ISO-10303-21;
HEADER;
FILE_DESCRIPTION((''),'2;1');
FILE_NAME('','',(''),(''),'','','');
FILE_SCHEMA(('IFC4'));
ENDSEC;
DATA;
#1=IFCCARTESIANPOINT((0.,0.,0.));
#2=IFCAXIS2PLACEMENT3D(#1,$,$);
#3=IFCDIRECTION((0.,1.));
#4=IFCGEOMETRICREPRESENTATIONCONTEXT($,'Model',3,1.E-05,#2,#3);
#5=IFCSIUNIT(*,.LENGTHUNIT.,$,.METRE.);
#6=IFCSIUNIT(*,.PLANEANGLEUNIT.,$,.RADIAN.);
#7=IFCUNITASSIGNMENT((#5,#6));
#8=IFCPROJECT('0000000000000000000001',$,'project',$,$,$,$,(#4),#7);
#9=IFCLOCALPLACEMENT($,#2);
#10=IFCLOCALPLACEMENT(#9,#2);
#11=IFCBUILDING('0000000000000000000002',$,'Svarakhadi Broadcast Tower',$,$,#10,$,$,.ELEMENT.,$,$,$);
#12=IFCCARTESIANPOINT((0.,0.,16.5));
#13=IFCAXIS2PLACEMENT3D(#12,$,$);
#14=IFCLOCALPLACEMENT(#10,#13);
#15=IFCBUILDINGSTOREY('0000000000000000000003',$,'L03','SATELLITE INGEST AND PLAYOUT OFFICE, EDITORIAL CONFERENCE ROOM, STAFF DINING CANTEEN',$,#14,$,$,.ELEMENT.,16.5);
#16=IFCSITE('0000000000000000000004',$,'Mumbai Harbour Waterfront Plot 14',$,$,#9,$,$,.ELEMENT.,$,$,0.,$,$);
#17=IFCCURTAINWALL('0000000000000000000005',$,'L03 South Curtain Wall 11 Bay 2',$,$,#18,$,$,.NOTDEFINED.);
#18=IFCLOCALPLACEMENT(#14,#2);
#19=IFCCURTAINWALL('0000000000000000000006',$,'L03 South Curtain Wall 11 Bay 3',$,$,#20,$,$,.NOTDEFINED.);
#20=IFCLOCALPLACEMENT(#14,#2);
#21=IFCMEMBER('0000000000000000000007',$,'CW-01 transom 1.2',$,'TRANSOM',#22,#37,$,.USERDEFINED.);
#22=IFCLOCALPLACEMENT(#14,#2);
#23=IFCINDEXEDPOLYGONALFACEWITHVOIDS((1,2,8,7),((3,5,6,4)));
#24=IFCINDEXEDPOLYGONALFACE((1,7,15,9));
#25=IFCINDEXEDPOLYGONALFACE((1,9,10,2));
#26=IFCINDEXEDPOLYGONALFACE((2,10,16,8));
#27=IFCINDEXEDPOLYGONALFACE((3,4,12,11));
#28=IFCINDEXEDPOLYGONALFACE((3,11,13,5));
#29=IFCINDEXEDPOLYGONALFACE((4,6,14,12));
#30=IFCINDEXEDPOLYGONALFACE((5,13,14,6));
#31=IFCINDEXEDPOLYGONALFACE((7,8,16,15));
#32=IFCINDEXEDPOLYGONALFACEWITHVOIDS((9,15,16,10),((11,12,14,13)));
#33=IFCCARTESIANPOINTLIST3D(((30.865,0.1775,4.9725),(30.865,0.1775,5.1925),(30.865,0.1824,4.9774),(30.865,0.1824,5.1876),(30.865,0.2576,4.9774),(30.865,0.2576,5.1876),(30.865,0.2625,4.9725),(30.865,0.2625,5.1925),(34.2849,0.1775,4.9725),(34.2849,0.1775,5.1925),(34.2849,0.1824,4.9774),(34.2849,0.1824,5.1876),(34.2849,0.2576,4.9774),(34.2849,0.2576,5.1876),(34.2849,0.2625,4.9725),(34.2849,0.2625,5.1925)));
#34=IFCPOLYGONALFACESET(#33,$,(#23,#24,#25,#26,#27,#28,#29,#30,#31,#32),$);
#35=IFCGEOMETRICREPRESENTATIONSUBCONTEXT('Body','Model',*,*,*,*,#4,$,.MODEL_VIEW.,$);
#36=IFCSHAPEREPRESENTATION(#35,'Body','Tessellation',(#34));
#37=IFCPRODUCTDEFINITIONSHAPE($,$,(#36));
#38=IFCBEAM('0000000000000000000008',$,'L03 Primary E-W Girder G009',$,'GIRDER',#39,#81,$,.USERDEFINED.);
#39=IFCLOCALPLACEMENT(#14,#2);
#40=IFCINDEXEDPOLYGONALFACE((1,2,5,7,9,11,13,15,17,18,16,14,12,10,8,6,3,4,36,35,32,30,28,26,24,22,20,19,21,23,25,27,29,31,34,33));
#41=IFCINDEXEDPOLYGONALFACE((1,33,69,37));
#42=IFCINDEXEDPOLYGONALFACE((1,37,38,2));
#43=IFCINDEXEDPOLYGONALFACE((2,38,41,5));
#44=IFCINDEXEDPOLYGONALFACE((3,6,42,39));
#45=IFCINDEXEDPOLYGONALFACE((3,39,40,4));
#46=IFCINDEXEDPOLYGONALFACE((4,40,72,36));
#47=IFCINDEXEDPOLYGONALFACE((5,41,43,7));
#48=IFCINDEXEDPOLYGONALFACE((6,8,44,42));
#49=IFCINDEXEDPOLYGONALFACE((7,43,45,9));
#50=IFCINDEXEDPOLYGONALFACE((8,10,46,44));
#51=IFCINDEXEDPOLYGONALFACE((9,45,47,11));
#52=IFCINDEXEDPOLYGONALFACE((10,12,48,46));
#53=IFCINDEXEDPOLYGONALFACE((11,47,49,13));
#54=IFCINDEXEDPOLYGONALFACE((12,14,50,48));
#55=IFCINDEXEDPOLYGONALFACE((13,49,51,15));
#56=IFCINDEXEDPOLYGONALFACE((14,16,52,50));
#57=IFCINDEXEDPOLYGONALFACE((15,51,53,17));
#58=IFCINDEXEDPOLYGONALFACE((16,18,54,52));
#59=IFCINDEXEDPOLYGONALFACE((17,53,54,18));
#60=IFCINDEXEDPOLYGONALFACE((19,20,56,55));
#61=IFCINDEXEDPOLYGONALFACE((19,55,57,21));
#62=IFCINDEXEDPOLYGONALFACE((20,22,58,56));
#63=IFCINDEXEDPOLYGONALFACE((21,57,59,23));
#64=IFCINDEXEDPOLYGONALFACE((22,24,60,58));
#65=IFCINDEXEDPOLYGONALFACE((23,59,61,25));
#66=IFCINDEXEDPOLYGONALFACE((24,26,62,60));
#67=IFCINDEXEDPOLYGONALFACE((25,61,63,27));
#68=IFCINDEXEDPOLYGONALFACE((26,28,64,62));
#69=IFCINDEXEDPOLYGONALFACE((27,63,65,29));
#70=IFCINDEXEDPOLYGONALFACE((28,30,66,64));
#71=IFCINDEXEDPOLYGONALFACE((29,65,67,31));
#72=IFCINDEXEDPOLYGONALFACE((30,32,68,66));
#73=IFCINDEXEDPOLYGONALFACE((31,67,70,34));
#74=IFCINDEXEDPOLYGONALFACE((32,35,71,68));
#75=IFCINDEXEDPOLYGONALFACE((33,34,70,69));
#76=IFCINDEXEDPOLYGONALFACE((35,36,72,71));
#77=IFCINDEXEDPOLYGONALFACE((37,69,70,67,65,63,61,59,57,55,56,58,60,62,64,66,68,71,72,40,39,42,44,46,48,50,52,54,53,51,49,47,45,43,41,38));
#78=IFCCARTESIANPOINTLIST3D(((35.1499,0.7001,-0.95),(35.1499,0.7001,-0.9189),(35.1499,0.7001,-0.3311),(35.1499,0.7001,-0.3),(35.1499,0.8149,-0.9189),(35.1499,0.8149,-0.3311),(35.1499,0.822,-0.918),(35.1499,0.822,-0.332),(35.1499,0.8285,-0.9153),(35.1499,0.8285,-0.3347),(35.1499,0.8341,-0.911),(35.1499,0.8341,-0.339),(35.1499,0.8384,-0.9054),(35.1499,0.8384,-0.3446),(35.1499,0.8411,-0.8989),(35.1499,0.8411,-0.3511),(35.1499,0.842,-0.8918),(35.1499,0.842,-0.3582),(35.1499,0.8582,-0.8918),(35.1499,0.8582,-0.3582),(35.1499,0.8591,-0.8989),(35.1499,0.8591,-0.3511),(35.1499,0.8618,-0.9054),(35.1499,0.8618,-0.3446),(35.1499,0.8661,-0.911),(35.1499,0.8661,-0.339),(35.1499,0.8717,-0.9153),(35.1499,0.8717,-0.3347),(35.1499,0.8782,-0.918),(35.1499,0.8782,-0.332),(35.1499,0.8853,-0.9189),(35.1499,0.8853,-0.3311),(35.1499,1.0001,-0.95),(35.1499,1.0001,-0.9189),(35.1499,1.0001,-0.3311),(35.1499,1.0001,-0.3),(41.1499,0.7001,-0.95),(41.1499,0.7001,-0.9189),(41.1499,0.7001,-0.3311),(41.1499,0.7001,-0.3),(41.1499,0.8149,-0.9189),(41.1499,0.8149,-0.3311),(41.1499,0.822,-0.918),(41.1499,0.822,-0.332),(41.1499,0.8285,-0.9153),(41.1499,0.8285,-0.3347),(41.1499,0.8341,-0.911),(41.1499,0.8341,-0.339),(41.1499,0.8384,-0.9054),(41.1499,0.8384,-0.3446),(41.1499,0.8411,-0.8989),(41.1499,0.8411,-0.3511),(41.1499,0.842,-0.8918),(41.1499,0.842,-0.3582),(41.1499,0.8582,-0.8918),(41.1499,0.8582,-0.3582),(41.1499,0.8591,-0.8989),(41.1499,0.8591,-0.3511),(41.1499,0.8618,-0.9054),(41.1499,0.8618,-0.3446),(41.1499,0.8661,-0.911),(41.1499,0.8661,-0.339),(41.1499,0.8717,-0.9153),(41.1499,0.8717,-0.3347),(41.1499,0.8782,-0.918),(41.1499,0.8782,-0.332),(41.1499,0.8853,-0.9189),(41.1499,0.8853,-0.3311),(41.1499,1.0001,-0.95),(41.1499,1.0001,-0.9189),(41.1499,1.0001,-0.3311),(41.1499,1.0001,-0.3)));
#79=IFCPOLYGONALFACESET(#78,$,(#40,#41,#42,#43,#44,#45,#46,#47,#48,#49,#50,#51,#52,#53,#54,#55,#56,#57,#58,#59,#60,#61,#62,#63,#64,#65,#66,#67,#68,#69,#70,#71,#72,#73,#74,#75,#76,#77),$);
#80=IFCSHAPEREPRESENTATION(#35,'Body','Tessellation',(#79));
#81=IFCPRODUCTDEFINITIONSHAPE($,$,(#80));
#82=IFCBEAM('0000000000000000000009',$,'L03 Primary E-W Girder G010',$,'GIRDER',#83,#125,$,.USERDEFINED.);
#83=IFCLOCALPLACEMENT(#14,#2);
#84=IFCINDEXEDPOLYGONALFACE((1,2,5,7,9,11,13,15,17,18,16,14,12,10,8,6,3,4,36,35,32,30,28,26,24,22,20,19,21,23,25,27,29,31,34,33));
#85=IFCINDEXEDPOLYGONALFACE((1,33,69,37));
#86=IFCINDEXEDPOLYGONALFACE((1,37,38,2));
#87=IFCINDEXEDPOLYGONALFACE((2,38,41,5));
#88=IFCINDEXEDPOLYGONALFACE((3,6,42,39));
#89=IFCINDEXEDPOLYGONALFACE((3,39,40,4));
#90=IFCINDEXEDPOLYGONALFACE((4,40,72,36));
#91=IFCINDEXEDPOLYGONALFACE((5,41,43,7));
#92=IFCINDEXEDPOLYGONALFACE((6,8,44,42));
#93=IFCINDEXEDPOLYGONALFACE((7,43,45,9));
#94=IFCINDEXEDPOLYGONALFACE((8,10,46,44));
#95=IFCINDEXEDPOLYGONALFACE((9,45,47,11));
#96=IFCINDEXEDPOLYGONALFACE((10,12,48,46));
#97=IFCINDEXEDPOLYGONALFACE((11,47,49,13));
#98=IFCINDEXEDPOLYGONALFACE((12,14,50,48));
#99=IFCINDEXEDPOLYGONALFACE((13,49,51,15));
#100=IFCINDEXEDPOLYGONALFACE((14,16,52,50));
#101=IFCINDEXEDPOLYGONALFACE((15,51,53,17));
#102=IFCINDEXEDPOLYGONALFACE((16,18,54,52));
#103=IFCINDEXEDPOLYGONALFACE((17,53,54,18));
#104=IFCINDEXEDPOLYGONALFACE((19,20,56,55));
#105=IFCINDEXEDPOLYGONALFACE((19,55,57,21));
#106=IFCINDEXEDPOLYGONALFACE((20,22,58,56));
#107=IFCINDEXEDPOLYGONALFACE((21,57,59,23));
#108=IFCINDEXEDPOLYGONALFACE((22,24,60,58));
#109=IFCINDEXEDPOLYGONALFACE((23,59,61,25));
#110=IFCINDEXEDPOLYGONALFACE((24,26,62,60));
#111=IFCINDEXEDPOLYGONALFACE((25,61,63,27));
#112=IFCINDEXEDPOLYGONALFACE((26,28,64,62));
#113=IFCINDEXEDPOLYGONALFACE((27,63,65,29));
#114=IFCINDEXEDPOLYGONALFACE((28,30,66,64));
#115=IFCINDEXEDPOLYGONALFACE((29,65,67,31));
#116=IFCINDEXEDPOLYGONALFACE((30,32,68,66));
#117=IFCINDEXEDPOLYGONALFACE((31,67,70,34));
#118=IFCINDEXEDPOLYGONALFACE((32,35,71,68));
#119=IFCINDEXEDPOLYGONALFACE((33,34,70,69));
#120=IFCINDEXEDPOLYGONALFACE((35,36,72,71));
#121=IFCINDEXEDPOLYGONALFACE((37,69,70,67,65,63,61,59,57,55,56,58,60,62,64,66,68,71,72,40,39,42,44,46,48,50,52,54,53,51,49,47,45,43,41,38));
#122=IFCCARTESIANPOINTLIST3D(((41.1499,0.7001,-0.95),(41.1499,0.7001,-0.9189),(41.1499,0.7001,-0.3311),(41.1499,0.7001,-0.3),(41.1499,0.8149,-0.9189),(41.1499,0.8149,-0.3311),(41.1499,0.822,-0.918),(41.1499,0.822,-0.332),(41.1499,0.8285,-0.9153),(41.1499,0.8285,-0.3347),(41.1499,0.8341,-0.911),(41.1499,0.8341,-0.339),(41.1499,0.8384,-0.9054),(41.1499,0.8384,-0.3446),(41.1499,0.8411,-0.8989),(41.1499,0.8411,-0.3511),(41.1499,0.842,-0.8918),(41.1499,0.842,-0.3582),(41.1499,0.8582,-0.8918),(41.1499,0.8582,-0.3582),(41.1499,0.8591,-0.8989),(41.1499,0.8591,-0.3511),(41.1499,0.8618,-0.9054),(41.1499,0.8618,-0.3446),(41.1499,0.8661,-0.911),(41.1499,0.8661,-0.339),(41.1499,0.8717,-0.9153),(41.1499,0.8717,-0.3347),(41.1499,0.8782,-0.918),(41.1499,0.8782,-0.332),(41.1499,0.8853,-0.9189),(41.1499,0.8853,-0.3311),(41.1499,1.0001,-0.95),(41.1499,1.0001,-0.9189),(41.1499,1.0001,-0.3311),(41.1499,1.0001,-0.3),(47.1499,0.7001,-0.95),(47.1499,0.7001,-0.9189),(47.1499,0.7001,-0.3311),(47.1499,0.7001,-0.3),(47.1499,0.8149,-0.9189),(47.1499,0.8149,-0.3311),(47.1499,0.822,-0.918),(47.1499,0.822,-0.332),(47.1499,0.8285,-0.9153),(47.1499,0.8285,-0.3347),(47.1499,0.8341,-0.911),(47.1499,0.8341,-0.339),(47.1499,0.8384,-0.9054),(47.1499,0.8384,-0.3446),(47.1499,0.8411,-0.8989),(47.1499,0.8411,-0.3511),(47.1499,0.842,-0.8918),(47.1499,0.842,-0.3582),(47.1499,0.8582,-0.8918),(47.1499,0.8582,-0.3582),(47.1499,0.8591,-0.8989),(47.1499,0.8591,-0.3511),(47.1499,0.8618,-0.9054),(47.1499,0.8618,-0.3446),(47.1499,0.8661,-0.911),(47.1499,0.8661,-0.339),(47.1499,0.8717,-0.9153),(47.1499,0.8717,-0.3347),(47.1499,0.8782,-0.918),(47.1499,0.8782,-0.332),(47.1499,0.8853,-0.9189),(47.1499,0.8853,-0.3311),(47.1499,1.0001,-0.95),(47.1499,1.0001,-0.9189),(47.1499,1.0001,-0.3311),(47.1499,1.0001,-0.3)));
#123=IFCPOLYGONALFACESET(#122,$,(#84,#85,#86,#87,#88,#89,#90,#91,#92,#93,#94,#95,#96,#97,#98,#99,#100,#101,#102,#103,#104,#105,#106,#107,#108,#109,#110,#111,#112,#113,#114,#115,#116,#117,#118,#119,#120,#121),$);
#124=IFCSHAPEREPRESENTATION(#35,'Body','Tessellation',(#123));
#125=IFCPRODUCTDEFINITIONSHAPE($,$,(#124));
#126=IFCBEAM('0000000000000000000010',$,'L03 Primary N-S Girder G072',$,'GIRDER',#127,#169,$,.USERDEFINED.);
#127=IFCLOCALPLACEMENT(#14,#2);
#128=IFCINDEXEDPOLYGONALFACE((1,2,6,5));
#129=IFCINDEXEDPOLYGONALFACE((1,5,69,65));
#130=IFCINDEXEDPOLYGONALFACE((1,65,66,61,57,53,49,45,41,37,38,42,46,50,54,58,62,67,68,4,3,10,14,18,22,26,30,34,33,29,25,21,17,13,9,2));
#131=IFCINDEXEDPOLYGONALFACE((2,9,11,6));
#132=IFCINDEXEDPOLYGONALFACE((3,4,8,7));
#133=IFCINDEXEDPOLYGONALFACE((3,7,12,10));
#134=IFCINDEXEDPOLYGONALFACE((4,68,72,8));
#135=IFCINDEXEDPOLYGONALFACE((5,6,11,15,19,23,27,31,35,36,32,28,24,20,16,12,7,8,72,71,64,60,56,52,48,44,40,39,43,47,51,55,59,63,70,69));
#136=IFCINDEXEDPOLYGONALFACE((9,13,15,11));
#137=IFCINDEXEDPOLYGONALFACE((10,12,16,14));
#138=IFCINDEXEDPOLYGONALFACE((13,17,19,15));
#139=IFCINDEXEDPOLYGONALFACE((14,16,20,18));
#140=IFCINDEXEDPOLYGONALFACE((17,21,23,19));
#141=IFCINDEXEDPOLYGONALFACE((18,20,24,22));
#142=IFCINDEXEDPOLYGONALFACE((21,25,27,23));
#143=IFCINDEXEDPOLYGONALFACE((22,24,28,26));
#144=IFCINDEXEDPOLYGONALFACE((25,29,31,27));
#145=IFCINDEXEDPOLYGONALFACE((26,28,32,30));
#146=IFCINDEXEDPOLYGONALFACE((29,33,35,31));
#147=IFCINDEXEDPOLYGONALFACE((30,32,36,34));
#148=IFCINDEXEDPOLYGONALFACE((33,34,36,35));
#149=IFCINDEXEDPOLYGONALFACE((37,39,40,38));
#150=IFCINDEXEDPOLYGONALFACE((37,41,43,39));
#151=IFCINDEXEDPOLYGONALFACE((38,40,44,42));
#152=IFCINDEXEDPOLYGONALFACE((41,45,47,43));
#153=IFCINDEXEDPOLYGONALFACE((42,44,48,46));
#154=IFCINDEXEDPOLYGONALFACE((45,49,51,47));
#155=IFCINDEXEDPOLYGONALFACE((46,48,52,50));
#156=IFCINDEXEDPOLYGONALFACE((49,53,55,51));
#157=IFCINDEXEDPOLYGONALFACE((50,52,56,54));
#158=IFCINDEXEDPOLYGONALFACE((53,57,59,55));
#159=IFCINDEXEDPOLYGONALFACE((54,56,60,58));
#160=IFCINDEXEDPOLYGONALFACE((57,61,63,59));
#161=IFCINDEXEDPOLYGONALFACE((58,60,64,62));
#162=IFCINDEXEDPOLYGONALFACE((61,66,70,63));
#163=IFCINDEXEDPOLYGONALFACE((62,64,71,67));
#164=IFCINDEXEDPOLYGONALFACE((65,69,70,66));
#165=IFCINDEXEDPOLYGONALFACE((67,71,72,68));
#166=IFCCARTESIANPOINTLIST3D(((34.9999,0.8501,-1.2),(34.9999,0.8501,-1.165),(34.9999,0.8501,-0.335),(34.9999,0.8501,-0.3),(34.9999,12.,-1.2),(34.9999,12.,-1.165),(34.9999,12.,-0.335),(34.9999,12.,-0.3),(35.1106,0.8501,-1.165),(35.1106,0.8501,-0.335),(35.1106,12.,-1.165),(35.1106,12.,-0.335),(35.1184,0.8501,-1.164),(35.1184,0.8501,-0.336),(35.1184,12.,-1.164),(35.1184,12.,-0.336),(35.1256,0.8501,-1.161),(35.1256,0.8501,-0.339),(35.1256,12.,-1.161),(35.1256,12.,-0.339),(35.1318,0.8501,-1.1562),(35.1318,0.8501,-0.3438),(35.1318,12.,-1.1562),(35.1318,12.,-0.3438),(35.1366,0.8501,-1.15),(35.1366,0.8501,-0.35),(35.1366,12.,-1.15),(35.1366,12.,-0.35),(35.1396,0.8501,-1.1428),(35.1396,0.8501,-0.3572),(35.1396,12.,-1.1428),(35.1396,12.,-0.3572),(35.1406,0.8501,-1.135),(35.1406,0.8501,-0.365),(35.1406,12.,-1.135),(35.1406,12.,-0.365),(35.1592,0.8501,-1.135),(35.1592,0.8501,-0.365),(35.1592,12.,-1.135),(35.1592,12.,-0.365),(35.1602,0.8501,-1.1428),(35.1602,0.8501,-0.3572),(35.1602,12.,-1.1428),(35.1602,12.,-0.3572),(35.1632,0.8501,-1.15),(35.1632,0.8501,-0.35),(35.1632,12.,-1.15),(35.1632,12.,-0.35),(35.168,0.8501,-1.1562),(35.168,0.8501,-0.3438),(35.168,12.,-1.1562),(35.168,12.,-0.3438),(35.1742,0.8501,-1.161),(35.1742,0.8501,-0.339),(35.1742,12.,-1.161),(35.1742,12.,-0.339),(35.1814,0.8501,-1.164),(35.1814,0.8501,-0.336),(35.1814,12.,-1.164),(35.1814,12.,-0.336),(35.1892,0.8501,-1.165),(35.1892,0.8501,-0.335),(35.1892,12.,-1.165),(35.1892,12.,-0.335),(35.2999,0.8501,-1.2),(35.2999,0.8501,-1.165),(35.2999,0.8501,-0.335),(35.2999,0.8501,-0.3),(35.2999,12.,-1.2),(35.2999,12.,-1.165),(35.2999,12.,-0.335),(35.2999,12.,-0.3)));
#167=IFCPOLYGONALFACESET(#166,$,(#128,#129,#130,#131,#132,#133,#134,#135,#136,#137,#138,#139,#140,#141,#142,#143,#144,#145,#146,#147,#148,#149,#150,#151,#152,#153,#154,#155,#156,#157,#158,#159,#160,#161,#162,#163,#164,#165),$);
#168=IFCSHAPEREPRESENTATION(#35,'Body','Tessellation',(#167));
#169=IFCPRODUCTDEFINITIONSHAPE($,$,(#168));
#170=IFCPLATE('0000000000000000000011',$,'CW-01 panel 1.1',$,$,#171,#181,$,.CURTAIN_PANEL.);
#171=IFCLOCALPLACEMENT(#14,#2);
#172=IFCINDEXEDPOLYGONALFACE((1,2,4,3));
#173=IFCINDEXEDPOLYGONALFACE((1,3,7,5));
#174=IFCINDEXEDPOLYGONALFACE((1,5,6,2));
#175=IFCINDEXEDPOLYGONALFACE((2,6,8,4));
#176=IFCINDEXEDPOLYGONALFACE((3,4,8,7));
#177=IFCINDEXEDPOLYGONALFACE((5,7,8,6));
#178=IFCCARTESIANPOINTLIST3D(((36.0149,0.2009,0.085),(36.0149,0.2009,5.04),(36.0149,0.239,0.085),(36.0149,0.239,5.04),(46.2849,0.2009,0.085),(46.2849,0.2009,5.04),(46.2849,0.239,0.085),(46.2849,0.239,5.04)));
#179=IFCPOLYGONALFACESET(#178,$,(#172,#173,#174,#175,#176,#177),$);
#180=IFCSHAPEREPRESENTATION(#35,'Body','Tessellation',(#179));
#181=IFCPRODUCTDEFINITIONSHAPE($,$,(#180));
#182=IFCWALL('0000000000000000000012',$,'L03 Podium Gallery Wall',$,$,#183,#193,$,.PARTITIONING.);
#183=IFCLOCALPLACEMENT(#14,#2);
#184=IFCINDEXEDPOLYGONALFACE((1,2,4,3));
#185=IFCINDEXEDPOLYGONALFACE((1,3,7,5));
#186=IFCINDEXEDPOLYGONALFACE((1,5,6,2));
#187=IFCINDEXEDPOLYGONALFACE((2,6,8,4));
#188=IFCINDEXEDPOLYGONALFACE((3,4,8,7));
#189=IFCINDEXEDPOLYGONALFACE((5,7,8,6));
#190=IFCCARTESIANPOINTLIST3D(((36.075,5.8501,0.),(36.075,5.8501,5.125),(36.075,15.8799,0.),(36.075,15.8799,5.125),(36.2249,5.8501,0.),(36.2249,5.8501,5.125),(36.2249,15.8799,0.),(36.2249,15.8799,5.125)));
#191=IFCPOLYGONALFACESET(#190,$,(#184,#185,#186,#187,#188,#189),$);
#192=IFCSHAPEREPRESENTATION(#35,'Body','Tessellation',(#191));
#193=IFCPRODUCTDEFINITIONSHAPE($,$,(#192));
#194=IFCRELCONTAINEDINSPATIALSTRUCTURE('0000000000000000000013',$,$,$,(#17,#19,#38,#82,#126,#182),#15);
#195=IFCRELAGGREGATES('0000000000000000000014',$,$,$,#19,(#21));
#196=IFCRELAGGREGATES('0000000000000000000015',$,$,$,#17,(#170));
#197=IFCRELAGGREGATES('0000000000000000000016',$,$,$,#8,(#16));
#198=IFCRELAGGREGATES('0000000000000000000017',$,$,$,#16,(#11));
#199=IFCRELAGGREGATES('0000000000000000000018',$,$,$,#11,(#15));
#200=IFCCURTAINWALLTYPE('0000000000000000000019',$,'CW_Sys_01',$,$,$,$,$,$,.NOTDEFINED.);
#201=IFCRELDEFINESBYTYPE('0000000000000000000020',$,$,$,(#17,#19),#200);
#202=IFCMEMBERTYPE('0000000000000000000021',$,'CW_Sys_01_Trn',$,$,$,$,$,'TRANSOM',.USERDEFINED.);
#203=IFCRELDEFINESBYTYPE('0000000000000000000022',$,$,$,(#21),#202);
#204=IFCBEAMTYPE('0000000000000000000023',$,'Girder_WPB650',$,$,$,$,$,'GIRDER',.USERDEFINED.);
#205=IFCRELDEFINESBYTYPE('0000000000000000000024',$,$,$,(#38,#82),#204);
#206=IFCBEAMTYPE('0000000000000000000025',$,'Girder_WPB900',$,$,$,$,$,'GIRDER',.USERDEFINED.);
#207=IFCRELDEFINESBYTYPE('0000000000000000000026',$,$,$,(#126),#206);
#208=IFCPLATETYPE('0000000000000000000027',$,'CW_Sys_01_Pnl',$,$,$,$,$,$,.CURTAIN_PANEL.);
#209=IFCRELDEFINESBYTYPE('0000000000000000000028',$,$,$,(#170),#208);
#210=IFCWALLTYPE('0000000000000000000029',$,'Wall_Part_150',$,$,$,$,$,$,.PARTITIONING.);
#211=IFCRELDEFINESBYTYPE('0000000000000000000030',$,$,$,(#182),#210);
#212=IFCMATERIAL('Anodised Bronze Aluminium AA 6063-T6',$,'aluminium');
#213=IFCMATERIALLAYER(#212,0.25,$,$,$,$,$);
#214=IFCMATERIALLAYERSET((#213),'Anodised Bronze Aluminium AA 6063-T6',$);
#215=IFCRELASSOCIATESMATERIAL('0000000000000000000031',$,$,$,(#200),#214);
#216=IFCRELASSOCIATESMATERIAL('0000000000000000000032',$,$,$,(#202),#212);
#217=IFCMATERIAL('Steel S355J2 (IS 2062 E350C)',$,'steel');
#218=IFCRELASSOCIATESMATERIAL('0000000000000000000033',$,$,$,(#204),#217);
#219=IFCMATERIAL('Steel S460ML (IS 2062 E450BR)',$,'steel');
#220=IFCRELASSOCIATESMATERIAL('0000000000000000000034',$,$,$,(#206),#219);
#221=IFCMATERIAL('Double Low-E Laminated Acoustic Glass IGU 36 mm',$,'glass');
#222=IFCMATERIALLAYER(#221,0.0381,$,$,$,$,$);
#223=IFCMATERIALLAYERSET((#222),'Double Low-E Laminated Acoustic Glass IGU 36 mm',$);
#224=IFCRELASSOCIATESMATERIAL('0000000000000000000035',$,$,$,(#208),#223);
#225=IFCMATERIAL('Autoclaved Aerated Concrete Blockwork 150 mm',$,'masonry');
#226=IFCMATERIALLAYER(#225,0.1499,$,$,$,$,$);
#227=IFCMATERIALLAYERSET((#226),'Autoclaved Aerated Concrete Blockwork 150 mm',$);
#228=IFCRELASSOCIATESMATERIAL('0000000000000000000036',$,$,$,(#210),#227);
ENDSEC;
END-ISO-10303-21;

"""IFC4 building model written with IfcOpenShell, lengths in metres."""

from ifc_helpers import new_model, si_unit, direction, frame, frame_2d, origin, origin_2d, place, context, subcontext, project, spatial, rectangle, hollow_rectangle, i_section, extrude, material, layer, layer_set, material_profile, profile_set, type_object, element, aggregate, save


model = new_model("IFC4")

# Units and contexts
model_context = context("Model", 3, precision=1e-05, world=origin(), true_north=direction((0.0, 1.0)))
body_context = subcontext(model_context, "Body", "Model", "MODEL_VIEW")
ifc_project = project(units=[si_unit("LENGTHUNIT", "METRE"), si_unit("PLANEANGLEUNIT", "RADIAN")], contexts=[model_context])

# Site, building, storey
site_placement = place(None, origin())
site = spatial("IfcSite", under=ifc_project, at=site_placement, Name="Mumbai Harbour Waterfront Plot 14", CompositionType="ELEMENT", RefElevation=0.0)
building_placement = place(site_placement, origin())
building = spatial("IfcBuilding", under=site, at=building_placement, Name="Svarakhadi Broadcast Tower", CompositionType="ELEMENT")
storey_placement = place(building_placement, frame((0.0, 0.0, 16.5)))
storey = spatial("IfcBuildingStorey", under=building, at=storey_placement, Name="L03", Description="SATELLITE INGEST AND PLAYOUT OFFICE, EDITORIAL CONFERENCE ROOM, STAFF DINING CANTEEN", CompositionType="ELEMENT", Elevation=16.5)

# Shared definitions
ifc_material_1 = material(Name="Steel S460ML (IS 2062 E450BR)", Category="steel")

# Shared definitions
ifc_material_2 = material(Name="Steel S355J2 (IS 2062 E350C)", Category="steel")

# Curtain wall
ifc_material_3 = material(Name="Anodised Bronze Aluminium AA 6063-T6", Category="aluminium")
ifc_layer_1 = layer(ifc_material_3, 0.25)
ifc_layer_set_1 = layer_set([ifc_layer_1], Name="Anodised Bronze Aluminium AA 6063-T6")
curtain_wall_type = type_object("IfcCurtainWallType", Name="CW_Sys_01", PredefinedType="NOTDEFINED", material=ifc_layer_set_1)
curtain_wall_1_placement = place(storey_placement, origin())
curtain_wall_1 = element("IfcCurtainWall", 1, at=curtain_wall_1_placement, inside=storey, type_object=curtain_wall_type, Name="L03 South Curtain Wall 11 Bay 2", PredefinedType="NOTDEFINED")

# Curtain wall, member
curtain_wall_2_placement = place(storey_placement, origin())
curtain_wall_2 = element("IfcCurtainWall", 2, at=curtain_wall_2_placement, inside=storey, type_object=curtain_wall_type, Name="L03 South Curtain Wall 11 Bay 3", PredefinedType="NOTDEFINED")
ifc_material_profile_1 = material_profile(ifc_material_3, hollow_rectangle(XDim=0.085, YDim=0.22, WallThickness=0.0049, at=origin_2d()), Name="ALU TRANSOM 220x85x5")
ifc_profile_set_1 = profile_set([ifc_material_profile_1], Name="Anodised Bronze Aluminium AA 6063-T6")
member_type_1 = type_object("IfcMemberType", Name="CW_Sys_01_Trn", ElementType="TRANSOM", PredefinedType="USERDEFINED", material=ifc_profile_set_1)
member_1_placement = place(storey_placement, frame((34.2849, 0.22, 5.0825), z_axis=(-1.0, 0.0, 0.0), x_axis=(0.0, -1.0, 0.0)))
member_1 = element("IfcMember", 3, at=member_1_placement, type_object=member_type_1, Name="CW-01 transom 1.2", ObjectType="TRANSOM", PredefinedType="USERDEFINED", context=body_context, shape_type="SweptSolid", body=[
    extrude(hollow_rectangle(XDim=0.085, YDim=0.22, WallThickness=0.0049, at=origin_2d()), origin(), (0.0, 0.0, 1.0), 3.4199),
])
aggregate(curtain_wall_2, [member_1])

# Beams
ifc_material_profile_2 = material_profile(ifc_material_2, i_section(OverallWidth=0.3, OverallDepth=0.6499, WebThickness=0.0161, FlangeThickness=0.031, FilletRadius=0.0271, at=origin_2d()), Name="WPB 650x300x225")
ifc_profile_set_2 = profile_set([ifc_material_profile_2], Name="Steel S355J2 (IS 2062 E350C)")
beam_type_1 = type_object("IfcBeamType", Name="Girder_WPB650", ElementType="GIRDER", PredefinedType="USERDEFINED", material=ifc_profile_set_2)
for number, where, z_axis, x_axis, name in (
    (4, (35.1499, 0.8501, -0.625), (1.0, 0.0, 0.0), (0.0, 1.0, 0.0), "L03 Primary E-W Girder G009"),
    (5, (41.1499, 0.8501, -0.625), (1.0, 0.0, 0.0), (0.0, 1.0, 0.0), "L03 Primary E-W Girder G010"),
):
    element("IfcBeam", number, at=place(storey_placement, frame(where, z_axis=z_axis, x_axis=x_axis)), inside=storey, type_object=beam_type_1, Name=name, ObjectType="GIRDER", PredefinedType="USERDEFINED", context=body_context, shape_type="SweptSolid", body=[
        extrude(i_section(OverallWidth=0.3, OverallDepth=0.6499, WebThickness=0.0161, FlangeThickness=0.031, FilletRadius=0.0271, at=origin_2d()), origin(), (0.0, 0.0, 1.0), 6.0),
    ])
ifc_material_profile_3 = material_profile(ifc_material_1, i_section(OverallWidth=0.3, OverallDepth=0.8999, WebThickness=0.0186, FlangeThickness=0.0349, FilletRadius=0.03, at=origin_2d()), Name="WPB 900x300x291")
ifc_profile_set_3 = profile_set([ifc_material_profile_3], Name="Steel S460ML (IS 2062 E450BR)")
beam_type_2 = type_object("IfcBeamType", Name="Girder_WPB900", ElementType="GIRDER", PredefinedType="USERDEFINED", material=ifc_profile_set_3)
beam_1_placement = place(storey_placement, frame((35.1499, 0.8501, -0.75), z_axis=(0.0, 1.0, 0.0), x_axis=(-1.0, 0.0, 0.0)))
element("IfcBeam", 6, at=beam_1_placement, inside=storey, type_object=beam_type_2, Name="L03 Primary N-S Girder G072", ObjectType="GIRDER", PredefinedType="USERDEFINED", context=body_context, shape_type="SweptSolid", body=[
    extrude(i_section(OverallWidth=0.3, OverallDepth=0.8999, WebThickness=0.0186, FlangeThickness=0.0349, FilletRadius=0.03, at=origin_2d()), origin(), (0.0, 0.0, 1.0), 11.1499),
])

# Plate
ifc_material_4 = material(Name="Double Low-E Laminated Acoustic Glass IGU 36 mm", Category="glass")
ifc_layer_2 = layer(ifc_material_4, 0.0381)
ifc_layer_set_2 = layer_set([ifc_layer_2], Name="Double Low-E Laminated Acoustic Glass IGU 36 mm")
plate_type = type_object("IfcPlateType", Name="CW_Sys_01_Pnl", PredefinedType="CURTAIN_PANEL", material=ifc_layer_set_2)
plate_placement = place(storey_placement, frame((41.1499, 0.22, 0.085), z_axis=(0.0, 0.0, 1.0), x_axis=(-1.0, 0.0, 0.0)))
plate = element("IfcPlate", 7, at=plate_placement, type_object=plate_type, Name="CW-01 panel 1.1", PredefinedType="CURTAIN_PANEL", context=body_context, shape_type="SweptSolid", body=[
    extrude(rectangle(XDim=10.27, YDim=0.0381, at=origin_2d()), origin(), (0.0, 0.0, 1.0), 4.9551),
])
aggregate(curtain_wall_1, [plate])

# Wall
ifc_material_5 = material(Name="Autoclaved Aerated Concrete Blockwork 150 mm", Category="masonry")
ifc_layer_3 = layer(ifc_material_5, 0.1499)
ifc_layer_set_3 = layer_set([ifc_layer_3], Name="Autoclaved Aerated Concrete Blockwork 150 mm")
wall_type = type_object("IfcWallType", Name="Wall_Part_150", PredefinedType="PARTITIONING", material=ifc_layer_set_3)
wall_1_placement = place(storey_placement, frame((36.1499, 5.8501, 0.0), z_axis=(0.0, 0.0, 1.0), x_axis=(0.0, 1.0, 0.0)))
element("IfcWall", 8, at=wall_1_placement, inside=storey, type_object=wall_type, Name="L03 Podium Gallery Wall", PredefinedType="PARTITIONING", context=body_context, shape_type="SweptSolid", body=[
    extrude(rectangle(XDim=10.0298, YDim=0.1499, at=frame_2d((5.0149, 0.0))), origin(), (0.0, 0.0, 1.0), 5.125),
])

save(model, "model.ifc")
